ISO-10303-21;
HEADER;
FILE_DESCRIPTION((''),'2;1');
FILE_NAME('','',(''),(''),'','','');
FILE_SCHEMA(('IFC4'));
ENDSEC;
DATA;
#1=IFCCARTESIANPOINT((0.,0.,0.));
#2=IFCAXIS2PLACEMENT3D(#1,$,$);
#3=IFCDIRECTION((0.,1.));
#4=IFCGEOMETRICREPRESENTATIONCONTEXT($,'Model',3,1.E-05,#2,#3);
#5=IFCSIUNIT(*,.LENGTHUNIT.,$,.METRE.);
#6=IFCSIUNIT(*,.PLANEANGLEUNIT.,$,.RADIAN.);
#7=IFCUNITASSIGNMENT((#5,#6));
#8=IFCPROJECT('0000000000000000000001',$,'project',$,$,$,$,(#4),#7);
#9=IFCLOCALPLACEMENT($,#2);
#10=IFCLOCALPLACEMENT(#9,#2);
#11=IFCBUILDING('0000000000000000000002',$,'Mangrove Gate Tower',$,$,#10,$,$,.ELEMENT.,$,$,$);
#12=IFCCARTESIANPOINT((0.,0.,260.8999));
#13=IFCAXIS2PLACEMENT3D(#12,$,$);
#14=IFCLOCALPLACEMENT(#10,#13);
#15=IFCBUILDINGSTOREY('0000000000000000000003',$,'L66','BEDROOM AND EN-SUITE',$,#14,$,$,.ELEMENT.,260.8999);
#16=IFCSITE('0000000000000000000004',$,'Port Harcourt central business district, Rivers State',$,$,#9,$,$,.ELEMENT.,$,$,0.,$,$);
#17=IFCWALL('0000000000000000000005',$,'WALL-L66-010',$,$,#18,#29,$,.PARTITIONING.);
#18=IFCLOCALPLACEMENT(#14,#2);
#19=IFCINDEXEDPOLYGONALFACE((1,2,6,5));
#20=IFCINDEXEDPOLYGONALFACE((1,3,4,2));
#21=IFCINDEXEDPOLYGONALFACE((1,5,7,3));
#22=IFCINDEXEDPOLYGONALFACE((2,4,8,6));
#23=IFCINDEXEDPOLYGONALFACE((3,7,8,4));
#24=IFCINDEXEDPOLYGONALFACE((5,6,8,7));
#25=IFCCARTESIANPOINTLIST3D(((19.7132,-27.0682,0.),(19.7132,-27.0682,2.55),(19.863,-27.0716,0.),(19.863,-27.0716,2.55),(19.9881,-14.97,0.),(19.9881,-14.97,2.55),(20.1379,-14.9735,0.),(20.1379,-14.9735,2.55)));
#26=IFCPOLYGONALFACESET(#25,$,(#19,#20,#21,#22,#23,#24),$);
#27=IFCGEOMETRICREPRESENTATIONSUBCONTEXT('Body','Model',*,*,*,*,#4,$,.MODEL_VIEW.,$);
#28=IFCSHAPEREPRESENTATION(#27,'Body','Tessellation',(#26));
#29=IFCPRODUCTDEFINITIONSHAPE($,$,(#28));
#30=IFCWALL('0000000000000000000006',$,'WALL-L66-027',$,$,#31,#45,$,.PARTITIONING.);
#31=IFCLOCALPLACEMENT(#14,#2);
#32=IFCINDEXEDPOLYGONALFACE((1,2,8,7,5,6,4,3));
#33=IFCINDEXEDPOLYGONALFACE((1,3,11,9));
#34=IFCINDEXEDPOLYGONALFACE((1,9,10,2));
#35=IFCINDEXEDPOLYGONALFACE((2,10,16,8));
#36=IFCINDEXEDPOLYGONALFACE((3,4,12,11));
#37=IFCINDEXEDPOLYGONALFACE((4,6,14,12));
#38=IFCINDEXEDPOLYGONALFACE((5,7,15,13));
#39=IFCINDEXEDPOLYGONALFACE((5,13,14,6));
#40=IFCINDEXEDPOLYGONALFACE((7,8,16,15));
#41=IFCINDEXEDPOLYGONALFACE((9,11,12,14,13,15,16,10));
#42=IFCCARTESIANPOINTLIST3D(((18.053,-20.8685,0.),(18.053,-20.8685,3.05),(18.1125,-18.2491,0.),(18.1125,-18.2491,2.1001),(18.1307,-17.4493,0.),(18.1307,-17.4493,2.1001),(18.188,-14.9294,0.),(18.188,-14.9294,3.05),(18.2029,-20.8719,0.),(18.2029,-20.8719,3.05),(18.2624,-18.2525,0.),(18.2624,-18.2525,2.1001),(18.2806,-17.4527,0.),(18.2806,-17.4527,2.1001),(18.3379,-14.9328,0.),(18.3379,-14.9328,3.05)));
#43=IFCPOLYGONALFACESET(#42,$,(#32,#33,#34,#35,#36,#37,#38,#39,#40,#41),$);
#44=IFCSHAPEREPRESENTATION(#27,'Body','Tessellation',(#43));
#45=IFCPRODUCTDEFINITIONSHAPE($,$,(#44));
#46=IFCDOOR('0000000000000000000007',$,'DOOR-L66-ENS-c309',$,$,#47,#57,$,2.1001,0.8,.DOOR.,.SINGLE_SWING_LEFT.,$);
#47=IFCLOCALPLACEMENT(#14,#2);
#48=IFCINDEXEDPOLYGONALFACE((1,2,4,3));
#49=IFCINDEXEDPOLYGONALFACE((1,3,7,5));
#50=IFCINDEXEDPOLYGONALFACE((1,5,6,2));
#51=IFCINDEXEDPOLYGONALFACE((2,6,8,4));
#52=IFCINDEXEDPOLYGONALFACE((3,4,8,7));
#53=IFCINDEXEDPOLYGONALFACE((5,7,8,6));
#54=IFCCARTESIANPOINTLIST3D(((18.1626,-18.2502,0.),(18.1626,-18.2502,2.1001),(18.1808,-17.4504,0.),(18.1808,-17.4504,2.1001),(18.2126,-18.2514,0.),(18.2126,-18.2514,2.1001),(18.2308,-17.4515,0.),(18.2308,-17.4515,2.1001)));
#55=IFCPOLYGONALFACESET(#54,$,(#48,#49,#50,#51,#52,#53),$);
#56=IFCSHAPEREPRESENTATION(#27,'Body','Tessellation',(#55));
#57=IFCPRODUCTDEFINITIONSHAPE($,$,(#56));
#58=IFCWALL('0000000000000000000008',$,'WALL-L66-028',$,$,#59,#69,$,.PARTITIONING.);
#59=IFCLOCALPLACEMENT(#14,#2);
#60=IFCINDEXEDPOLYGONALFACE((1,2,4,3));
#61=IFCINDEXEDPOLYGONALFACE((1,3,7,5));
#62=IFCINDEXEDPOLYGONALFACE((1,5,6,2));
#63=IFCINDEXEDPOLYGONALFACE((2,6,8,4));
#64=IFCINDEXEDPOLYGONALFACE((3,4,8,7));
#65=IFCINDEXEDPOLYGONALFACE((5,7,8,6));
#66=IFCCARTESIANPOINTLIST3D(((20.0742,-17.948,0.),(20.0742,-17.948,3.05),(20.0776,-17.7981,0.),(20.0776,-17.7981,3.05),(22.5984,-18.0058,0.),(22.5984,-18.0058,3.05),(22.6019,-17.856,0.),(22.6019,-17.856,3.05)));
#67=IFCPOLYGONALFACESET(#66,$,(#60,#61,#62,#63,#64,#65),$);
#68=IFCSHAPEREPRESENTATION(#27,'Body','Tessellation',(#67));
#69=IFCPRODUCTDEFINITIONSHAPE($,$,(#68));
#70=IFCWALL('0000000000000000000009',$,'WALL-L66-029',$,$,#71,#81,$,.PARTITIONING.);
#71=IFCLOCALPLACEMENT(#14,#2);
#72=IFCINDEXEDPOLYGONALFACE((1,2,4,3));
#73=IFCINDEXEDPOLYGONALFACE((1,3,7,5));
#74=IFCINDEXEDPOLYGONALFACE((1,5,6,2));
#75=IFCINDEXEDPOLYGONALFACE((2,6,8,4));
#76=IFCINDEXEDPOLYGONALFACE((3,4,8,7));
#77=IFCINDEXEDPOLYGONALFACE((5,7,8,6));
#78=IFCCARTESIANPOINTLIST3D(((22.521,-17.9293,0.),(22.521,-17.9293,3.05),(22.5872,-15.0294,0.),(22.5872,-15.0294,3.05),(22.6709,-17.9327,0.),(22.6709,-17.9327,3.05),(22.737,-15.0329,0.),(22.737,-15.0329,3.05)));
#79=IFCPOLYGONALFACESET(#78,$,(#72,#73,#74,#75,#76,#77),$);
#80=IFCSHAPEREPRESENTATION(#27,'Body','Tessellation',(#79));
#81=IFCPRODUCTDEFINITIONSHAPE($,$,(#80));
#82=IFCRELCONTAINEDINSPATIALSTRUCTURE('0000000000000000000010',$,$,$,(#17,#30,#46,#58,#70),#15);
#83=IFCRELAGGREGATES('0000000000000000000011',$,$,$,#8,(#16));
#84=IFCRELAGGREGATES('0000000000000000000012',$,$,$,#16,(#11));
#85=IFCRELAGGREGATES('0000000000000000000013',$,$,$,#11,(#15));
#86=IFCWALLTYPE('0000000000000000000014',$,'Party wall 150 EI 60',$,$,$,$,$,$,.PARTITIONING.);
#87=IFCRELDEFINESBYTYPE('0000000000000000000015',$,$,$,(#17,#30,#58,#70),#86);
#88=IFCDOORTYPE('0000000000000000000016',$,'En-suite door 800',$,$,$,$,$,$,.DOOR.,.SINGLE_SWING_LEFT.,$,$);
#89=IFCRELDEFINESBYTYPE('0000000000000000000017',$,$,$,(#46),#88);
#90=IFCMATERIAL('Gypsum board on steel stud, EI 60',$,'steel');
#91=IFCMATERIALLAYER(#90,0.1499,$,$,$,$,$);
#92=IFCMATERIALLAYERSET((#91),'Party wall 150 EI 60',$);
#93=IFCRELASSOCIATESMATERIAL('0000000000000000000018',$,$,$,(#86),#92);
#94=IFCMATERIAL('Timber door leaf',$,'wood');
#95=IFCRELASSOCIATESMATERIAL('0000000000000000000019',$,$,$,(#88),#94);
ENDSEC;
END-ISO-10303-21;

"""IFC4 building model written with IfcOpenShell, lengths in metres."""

from ifc_helpers import new_model, si_unit, direction, frame, frame_2d, origin, place, context, subcontext, project, spatial, rectangle, extrude, material, layer, layer_set, type_object, element, fill, save


model = new_model("IFC4")

# Units and contexts
model_context = context("Model", 3, precision=1e-05, world=origin(), true_north=direction((0.0, 1.0)))
body_context = subcontext(model_context, "Body", "Model", "MODEL_VIEW")
ifc_project = project(units=[si_unit("LENGTHUNIT", "METRE"), si_unit("PLANEANGLEUNIT", "RADIAN")], contexts=[model_context])

# Site, building, storey
site_placement = place(None, origin())
site = spatial("IfcSite", under=ifc_project, at=site_placement, Name="Port Harcourt central business district, Rivers State", CompositionType="ELEMENT", RefElevation=0.0)
building_placement = place(site_placement, origin())
building = spatial("IfcBuilding", under=site, at=building_placement, Name="Mangrove Gate Tower", CompositionType="ELEMENT")
storey_placement = place(building_placement, frame((0.0, 0.0, 260.8999)))
storey = spatial("IfcBuildingStorey", under=building, at=storey_placement, Name="L66", Description="BEDROOM AND EN-SUITE", CompositionType="ELEMENT", Elevation=260.8999)

# Wall
ifc_material_1 = material(Name="Gypsum board on steel stud, EI 60", Category="steel")
ifc_layer_1 = layer(ifc_material_1, 0.1499)
ifc_layer_set_1 = layer_set([ifc_layer_1], Name="Party wall 150 EI 60")
wall_type_1 = type_object("IfcWallType", Name="Party wall 150 EI 60", PredefinedType="PARTITIONING", material=ifc_layer_set_1)
wall_1_placement = place(storey_placement, frame((19.7881, -27.0701, 0.0), z_axis=(0.0, 0.0, 1.0), x_axis=(0.022717, 0.999742, 0.0)))
element("IfcWall", 1, at=wall_1_placement, inside=storey, type_object=wall_type_1, Name="WALL-L66-010", PredefinedType="PARTITIONING", context=body_context, shape_type="SweptSolid", body=[
    extrude(rectangle(XDim=12.1013, YDim=0.1499, at=frame_2d((6.0508, 0.0))), origin(), (0.0, 0.0, 1.0), 2.55),
])

# Wall, opening, door
wall_2_placement = place(storey_placement, frame((18.1279, -20.8701, 0.0), z_axis=(0.0, 0.0, 1.0), x_axis=(0.022726, 0.999742, 0.0)))
wall_2 = element("IfcWall", 2, at=wall_2_placement, inside=storey, type_object=wall_type_1, Name="WALL-L66-027", PredefinedType="PARTITIONING", context=body_context, shape_type="SweptSolid", body=[
    extrude(rectangle(XDim=5.9407, YDim=0.1499, at=frame_2d((2.9702, 0.0))), origin(), (0.0, 0.0, 1.0), 3.05),
])
opening_1_placement = place(wall_2_placement, frame((2.6201, 0.0, 0.0)))
opening_1 = element("IfcOpeningElement", 3, at=opening_1_placement, cuts=wall_2, PredefinedType="OPENING", context=body_context, shape_type="SweptSolid", body=[
    extrude(rectangle(XDim=0.8, YDim=2.1001, at=frame_2d((0.3999, 1.05))), frame((0.0, 0.085, 0.0), z_axis=(0.0, -1.0, 0.0), x_axis=(1.0, 0.0, 0.0)), (0.0, 0.0, 1.0), 0.1699),
])
ifc_material_2 = material(Name="Timber door leaf", Category="wood")
door_type_1 = type_object("IfcDoorType", Name="En-suite door 800", OperationType="SINGLE_SWING_LEFT", PredefinedType="DOOR", material=ifc_material_2)
door_1_placement = place(opening_1_placement, origin())
door_1 = element("IfcDoor", 4, at=door_1_placement, inside=storey, type_object=door_type_1, Name="DOOR-L66-ENS-c309", OperationType="SINGLE_SWING_LEFT", OverallHeight=2.1001, OverallWidth=0.8, PredefinedType="DOOR", context=body_context, shape_type="SweptSolid", body=[
    extrude(rectangle(XDim=0.8, YDim=2.1001, at=frame_2d((0.3999, 1.05))), frame((0.0, 0.0249, 0.0), z_axis=(0.0, -1.0, 0.0), x_axis=(1.0, 0.0, 0.0)), (0.0, 0.0, 1.0), 0.05),
])
fill(opening_1, door_1)

# Walls
wall_3_placement = place(storey_placement, frame((20.0759, -17.873, 0.0), z_axis=(0.0, 0.0, 1.0), x_axis=(0.999737, -0.022917, 0.0)))
element("IfcWall", 5, at=wall_3_placement, inside=storey, type_object=wall_type_1, Name="WALL-L66-028", PredefinedType="PARTITIONING", context=body_context, shape_type="SweptSolid", body=[
    extrude(rectangle(XDim=2.5249, YDim=0.1499, at=frame_2d((1.2625, 0.0))), origin(), (0.0, 0.0, 1.0), 3.05),
])
wall_4_placement = place(storey_placement, frame((22.5959, -17.9309, 0.0), z_axis=(0.0, 0.0, 1.0), x_axis=(0.022809, 0.99974, 0.0)))
element("IfcWall", 6, at=wall_4_placement, inside=storey, type_object=wall_type_1, Name="WALL-L66-029", PredefinedType="PARTITIONING", context=body_context, shape_type="SweptSolid", body=[
    extrude(rectangle(XDim=2.9006, YDim=0.1499, at=frame_2d((1.4502, 0.0))), origin(), (0.0, 0.0, 1.0), 3.05),
])

save(model, "model.ifc")
